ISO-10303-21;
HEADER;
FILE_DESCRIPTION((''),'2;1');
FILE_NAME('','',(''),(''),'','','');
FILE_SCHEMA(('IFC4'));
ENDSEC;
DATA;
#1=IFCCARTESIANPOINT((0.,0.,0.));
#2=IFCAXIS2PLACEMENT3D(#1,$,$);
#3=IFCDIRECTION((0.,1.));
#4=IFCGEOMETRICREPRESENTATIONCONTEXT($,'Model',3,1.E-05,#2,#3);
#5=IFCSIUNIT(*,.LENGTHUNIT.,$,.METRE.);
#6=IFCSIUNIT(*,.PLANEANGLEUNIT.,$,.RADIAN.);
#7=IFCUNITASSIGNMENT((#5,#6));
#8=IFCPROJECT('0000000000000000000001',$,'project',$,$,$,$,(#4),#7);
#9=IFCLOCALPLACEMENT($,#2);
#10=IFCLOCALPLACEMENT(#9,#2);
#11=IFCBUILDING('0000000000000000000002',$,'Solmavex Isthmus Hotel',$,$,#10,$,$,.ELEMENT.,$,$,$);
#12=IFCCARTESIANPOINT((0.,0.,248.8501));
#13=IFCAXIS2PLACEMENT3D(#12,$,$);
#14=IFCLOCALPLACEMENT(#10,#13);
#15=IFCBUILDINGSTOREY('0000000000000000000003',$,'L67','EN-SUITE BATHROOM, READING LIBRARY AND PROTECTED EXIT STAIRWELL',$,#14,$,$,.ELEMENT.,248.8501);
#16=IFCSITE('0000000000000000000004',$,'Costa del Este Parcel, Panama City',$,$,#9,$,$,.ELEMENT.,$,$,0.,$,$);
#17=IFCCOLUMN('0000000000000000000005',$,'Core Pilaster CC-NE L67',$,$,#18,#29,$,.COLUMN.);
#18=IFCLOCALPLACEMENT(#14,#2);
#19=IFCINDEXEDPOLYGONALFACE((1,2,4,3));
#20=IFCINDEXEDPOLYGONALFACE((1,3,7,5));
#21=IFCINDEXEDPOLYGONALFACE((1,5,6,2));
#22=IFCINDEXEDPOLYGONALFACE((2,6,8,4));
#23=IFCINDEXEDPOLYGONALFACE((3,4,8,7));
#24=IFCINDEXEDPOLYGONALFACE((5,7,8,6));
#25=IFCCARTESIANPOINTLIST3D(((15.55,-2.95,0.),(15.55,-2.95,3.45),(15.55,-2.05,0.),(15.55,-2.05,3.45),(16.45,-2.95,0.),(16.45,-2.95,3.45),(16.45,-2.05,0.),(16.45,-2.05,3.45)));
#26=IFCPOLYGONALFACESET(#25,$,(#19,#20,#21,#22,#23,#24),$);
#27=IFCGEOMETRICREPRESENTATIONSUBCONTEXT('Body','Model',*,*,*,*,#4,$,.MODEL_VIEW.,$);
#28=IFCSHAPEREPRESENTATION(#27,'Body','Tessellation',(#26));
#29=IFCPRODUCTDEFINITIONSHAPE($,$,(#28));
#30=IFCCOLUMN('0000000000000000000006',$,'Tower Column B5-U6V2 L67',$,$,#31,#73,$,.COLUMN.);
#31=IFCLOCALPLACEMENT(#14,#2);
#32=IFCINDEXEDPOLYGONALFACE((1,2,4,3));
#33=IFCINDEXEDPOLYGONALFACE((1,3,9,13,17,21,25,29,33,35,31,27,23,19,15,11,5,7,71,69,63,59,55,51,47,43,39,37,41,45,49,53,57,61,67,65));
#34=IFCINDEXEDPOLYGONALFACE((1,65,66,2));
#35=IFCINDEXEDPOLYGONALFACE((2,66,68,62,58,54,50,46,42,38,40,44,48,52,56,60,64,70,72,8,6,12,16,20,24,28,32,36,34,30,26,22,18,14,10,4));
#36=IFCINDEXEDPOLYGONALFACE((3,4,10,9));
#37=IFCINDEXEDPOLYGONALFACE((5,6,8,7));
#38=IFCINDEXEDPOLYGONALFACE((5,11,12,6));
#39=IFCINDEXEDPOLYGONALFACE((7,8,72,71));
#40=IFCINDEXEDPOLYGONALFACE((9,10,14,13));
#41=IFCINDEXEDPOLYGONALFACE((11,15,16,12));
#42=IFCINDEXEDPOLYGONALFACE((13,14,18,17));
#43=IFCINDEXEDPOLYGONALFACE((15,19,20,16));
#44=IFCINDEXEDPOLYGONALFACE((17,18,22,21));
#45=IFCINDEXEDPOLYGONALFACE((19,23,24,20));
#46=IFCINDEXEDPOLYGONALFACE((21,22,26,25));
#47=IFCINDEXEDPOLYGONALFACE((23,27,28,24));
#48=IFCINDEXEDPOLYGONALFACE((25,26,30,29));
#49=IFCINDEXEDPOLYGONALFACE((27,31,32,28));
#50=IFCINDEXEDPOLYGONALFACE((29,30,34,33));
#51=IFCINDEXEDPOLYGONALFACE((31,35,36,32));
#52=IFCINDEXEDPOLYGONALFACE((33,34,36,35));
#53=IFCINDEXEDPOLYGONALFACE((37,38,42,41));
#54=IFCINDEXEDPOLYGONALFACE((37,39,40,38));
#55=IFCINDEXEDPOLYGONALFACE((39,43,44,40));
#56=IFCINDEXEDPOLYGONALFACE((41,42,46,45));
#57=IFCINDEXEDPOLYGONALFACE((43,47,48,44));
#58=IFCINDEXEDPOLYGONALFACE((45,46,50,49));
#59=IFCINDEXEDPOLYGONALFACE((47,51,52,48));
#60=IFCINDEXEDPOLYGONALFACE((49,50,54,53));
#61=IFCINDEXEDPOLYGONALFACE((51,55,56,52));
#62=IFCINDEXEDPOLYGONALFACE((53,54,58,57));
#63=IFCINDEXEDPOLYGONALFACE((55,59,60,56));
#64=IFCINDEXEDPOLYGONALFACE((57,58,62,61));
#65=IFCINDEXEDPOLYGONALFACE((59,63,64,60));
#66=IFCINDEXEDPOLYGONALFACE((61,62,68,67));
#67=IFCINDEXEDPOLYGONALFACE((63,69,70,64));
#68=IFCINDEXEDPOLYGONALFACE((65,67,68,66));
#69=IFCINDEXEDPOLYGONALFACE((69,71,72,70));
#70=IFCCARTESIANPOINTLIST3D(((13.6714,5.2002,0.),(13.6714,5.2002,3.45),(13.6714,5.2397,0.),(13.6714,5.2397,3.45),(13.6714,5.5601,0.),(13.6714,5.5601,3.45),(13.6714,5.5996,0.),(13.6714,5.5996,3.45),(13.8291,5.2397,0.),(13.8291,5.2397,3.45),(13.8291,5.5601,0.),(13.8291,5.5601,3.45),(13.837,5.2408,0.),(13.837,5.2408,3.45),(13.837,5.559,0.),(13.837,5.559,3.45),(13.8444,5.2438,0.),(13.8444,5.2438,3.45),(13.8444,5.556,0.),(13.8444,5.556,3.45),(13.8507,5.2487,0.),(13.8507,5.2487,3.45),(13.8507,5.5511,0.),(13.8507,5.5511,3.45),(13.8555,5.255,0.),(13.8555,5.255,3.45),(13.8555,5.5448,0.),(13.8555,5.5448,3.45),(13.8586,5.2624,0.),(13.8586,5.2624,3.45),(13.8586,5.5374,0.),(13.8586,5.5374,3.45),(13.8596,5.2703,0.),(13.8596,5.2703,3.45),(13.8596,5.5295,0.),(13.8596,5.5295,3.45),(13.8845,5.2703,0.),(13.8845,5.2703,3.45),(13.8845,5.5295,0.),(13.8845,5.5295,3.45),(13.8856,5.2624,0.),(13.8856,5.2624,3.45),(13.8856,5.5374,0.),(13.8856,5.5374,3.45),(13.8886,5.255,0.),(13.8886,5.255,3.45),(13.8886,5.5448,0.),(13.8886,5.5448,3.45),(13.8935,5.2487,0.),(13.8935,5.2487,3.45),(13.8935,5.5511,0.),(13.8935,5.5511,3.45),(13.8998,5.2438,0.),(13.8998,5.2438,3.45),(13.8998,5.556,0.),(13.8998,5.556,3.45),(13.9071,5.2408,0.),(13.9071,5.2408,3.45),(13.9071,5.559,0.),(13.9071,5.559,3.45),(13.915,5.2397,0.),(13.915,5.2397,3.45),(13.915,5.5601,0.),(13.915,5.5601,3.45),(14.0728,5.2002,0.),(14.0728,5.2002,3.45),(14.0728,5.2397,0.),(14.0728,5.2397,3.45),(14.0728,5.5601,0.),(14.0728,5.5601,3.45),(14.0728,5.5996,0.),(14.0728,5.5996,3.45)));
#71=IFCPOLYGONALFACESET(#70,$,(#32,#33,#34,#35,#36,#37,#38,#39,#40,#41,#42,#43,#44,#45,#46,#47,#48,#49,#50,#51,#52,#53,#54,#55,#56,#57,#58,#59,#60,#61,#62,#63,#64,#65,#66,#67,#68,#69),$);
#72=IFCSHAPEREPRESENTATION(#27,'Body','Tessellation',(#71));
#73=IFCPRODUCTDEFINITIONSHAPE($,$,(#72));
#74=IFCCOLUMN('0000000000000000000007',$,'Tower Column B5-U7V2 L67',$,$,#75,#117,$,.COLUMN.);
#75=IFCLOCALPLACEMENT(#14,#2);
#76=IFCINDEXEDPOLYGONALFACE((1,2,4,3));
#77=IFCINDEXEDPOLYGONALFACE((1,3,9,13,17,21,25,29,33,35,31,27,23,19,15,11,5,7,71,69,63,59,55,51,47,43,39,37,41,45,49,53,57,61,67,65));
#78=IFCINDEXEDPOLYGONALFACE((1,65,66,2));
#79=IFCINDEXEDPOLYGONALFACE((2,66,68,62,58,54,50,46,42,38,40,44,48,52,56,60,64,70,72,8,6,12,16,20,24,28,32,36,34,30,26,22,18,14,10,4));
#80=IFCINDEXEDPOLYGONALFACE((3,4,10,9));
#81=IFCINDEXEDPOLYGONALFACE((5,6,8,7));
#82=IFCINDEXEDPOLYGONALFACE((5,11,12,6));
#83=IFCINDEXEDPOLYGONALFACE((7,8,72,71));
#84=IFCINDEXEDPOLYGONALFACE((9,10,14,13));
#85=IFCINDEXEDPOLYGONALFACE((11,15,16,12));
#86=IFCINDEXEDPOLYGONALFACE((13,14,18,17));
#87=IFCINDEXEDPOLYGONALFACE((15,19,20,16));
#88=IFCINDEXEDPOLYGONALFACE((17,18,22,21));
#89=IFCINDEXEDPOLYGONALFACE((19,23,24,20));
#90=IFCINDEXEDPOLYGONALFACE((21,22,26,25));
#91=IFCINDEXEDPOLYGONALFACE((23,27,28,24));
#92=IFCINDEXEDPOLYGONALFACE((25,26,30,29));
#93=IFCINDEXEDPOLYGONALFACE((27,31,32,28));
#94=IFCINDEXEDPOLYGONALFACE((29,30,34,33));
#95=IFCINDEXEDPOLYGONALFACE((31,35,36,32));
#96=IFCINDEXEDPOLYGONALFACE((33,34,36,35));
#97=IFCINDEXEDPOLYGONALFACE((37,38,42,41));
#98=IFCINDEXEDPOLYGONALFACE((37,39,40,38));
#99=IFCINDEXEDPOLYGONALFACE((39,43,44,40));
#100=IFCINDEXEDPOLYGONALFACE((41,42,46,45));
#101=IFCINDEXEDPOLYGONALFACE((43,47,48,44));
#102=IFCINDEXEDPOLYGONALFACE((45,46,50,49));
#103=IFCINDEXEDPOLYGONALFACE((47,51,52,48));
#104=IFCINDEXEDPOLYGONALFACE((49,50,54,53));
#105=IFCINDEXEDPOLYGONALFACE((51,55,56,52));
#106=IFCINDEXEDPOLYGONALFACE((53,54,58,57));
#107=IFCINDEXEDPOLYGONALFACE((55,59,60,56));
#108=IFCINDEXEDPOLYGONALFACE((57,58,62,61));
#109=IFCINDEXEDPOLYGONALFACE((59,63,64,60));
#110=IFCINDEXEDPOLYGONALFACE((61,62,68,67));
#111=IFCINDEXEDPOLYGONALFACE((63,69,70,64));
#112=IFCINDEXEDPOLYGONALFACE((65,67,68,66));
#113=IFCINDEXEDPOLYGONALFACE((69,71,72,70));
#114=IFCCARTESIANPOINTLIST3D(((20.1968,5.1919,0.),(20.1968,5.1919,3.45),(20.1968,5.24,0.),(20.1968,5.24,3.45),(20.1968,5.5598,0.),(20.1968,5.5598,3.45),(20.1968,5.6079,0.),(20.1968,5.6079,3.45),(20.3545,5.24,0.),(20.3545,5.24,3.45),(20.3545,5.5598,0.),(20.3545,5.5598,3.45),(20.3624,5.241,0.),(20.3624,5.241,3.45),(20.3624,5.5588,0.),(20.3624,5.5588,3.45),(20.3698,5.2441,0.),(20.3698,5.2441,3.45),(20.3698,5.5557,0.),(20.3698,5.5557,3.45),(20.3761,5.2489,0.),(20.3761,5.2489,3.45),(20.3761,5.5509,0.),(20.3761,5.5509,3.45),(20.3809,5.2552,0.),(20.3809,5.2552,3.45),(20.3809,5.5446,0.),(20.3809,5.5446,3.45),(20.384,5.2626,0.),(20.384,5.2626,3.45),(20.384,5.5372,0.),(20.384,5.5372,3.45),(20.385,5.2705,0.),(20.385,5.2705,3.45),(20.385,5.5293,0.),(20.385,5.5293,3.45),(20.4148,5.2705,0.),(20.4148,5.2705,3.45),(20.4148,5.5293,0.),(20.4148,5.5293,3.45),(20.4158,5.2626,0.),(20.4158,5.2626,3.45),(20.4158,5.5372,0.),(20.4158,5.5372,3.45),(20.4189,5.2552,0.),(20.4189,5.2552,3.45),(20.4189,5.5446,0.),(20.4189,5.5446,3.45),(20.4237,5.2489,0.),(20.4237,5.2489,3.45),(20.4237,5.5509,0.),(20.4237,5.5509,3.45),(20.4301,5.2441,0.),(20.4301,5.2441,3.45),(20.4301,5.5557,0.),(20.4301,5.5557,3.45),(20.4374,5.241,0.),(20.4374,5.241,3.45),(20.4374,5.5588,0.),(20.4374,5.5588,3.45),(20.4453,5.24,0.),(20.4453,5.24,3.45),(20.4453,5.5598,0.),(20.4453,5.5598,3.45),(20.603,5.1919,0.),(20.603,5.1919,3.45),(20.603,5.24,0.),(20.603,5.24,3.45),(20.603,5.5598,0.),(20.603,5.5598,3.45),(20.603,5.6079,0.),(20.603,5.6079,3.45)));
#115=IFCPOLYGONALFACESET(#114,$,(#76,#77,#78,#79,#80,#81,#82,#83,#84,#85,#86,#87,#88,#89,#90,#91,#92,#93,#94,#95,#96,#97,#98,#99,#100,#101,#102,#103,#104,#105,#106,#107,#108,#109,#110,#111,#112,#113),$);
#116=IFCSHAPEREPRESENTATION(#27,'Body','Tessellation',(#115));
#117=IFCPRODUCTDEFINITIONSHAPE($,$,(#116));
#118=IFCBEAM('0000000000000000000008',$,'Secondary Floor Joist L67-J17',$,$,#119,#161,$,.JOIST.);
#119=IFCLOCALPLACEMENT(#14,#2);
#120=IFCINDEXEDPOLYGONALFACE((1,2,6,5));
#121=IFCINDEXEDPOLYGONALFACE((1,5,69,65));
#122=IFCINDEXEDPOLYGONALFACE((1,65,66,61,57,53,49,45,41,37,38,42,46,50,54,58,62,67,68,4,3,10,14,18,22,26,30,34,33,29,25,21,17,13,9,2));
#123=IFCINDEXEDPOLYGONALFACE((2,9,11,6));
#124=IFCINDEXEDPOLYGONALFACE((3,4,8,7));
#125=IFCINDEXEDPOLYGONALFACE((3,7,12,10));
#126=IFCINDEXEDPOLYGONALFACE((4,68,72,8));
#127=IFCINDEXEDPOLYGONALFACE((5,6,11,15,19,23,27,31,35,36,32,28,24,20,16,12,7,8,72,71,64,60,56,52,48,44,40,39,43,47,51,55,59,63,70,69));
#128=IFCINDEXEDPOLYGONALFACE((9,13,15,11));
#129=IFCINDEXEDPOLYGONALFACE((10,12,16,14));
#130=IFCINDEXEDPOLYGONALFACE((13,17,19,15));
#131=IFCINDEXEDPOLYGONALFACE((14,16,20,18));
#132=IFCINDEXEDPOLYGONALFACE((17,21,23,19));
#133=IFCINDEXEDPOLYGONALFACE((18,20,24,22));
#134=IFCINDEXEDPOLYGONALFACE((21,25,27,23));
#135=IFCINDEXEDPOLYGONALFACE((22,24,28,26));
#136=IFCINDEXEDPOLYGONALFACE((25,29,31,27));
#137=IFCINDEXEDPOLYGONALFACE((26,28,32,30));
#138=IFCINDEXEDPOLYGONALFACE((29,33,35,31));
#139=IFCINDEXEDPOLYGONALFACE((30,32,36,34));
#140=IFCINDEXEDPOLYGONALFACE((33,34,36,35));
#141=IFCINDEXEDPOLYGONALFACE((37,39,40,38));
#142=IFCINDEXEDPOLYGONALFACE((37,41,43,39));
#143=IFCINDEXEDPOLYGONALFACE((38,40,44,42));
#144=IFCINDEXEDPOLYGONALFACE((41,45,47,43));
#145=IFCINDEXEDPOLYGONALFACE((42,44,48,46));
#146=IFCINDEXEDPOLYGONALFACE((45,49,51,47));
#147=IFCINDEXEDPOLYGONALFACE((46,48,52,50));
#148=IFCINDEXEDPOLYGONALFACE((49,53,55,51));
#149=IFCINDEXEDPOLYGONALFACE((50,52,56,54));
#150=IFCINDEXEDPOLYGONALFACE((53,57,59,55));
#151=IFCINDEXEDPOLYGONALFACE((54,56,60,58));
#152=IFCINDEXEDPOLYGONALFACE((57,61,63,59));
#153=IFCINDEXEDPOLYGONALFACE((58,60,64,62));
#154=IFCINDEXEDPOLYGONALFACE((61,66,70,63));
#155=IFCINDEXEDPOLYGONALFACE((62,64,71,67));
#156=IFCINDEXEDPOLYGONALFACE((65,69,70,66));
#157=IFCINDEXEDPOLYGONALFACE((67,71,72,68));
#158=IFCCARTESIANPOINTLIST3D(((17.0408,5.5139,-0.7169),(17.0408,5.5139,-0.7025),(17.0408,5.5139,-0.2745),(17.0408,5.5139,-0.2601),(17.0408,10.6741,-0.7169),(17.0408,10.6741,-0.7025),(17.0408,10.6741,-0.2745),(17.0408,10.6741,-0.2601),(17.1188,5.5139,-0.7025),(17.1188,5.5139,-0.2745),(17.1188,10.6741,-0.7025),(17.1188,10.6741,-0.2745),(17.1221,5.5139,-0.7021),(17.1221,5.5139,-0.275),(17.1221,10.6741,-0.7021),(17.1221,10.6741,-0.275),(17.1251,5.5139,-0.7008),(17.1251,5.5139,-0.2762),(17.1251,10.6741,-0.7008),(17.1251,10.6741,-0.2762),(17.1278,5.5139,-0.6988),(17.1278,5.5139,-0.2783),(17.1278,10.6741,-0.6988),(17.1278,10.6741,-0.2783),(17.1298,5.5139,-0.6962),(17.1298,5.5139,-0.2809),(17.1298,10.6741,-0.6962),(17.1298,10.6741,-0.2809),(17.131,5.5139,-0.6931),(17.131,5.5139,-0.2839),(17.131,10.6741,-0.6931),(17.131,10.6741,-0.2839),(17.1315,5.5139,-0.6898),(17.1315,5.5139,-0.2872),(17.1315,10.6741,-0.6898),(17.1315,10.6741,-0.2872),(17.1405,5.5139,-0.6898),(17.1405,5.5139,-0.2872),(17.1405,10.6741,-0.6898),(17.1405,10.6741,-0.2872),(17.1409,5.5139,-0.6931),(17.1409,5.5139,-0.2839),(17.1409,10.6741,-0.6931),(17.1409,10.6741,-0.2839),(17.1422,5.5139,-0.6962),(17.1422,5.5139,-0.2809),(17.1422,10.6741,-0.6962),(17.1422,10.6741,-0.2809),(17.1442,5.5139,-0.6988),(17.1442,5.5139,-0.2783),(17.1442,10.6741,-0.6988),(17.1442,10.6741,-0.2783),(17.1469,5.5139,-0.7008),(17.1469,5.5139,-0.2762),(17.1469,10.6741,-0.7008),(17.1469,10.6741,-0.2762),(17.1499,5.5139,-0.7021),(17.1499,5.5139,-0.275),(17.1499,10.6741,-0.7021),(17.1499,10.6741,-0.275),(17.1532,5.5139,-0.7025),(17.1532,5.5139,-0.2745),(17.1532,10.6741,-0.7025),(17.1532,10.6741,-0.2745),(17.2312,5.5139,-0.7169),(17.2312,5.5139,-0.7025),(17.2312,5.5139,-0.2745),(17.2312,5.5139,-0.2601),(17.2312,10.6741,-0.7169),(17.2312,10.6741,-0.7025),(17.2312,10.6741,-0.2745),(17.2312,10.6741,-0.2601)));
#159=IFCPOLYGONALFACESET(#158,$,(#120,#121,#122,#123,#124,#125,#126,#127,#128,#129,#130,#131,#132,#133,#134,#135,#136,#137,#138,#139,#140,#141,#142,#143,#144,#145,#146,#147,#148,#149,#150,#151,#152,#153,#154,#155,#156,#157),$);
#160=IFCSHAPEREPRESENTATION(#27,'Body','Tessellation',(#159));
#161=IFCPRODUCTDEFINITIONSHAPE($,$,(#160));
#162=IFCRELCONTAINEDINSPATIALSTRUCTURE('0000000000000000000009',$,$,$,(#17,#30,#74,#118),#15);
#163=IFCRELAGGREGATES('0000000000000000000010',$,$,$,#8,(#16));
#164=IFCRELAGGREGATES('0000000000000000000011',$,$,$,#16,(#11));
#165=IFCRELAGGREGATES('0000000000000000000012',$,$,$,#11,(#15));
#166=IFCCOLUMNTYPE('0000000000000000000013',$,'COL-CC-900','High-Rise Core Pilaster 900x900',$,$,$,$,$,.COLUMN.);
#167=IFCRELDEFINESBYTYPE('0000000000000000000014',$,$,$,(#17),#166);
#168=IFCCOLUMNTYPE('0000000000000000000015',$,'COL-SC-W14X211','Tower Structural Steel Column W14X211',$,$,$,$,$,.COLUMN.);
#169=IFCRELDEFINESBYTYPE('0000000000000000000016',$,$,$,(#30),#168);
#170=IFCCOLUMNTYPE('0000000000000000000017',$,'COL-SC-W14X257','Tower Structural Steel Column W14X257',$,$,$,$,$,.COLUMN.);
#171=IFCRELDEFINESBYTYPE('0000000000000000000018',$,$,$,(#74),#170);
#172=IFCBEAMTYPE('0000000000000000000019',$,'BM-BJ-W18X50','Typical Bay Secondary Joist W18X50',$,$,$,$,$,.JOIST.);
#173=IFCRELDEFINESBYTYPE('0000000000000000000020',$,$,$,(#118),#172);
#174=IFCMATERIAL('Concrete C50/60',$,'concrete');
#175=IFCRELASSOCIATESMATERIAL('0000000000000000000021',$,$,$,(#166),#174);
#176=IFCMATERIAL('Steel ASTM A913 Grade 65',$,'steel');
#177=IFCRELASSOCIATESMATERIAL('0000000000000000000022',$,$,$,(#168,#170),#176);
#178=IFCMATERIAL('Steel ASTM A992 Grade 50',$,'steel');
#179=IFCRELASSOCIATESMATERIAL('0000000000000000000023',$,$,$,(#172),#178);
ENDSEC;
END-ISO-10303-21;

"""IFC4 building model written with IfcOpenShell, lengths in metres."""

from ifc_helpers import new_model, si_unit, direction, frame, origin, origin_2d, place, context, subcontext, project, spatial, rectangle, i_section, extrude, material, material_profile, profile_set, type_object, element, save


model = new_model("IFC4")

# Units and contexts
model_context = context("Model", 3, precision=1e-05, world=origin(), true_north=direction((0.0, 1.0)))
body_context = subcontext(model_context, "Body", "Model", "MODEL_VIEW")
ifc_project = project(units=[si_unit("LENGTHUNIT", "METRE"), si_unit("PLANEANGLEUNIT", "RADIAN")], contexts=[model_context])

# Site, building, storey
site_placement = place(None, origin())
site = spatial("IfcSite", under=ifc_project, at=site_placement, Name="Costa del Este Parcel, Panama City", CompositionType="ELEMENT", RefElevation=0.0)
building_placement = place(site_placement, origin())
building = spatial("IfcBuilding", under=site, at=building_placement, Name="Solmavex Isthmus Hotel", CompositionType="ELEMENT")
storey_placement = place(building_placement, frame((0.0, 0.0, 248.8501)))
storey = spatial("IfcBuildingStorey", under=building, at=storey_placement, Name="L67", Description="EN-SUITE BATHROOM, READING LIBRARY AND PROTECTED EXIT STAIRWELL", CompositionType="ELEMENT", Elevation=248.8501)

# Columns
ifc_material_1 = material(Name="Concrete C50/60", Category="concrete")
ifc_material_profile_1 = material_profile(ifc_material_1, rectangle(XDim=0.8999, YDim=0.8999, at=origin_2d()), Name="RC900X900")
ifc_profile_set_1 = profile_set([ifc_material_profile_1], Name="Concrete C50/60")
column_type_1 = type_object("IfcColumnType", Name="COL-CC-900", Description="High-Rise Core Pilaster 900x900", PredefinedType="COLUMN", material=ifc_profile_set_1)
column_1_placement = place(storey_placement, frame((16.0, -2.5, 0.0), z_axis=(0.0, 0.0, 1.0), x_axis=(1.0, 0.0, 0.0)))
element("IfcColumn", 1, at=column_1_placement, inside=storey, type_object=column_type_1, Name="Core Pilaster CC-NE L67", PredefinedType="COLUMN", context=body_context, shape_type="SweptSolid", body=[
    extrude(rectangle(XDim=0.8999, YDim=0.8999, at=origin_2d()), origin(), (0.0, 0.0, 1.0), 3.45),
])
ifc_material_2 = material(Name="Steel ASTM A913 Grade 65", Category="steel")
ifc_material_profile_2 = material_profile(ifc_material_2, i_section(OverallWidth=0.4014, OverallDepth=0.3994, WebThickness=0.0249, FlangeThickness=0.0396, FilletRadius=0.0305, at=origin_2d()), Name="W14X211")
ifc_profile_set_2 = profile_set([ifc_material_profile_2], Name="Steel ASTM A913 Grade 65")
column_type_2 = type_object("IfcColumnType", Name="COL-SC-W14X211", Description="Tower Structural Steel Column W14X211", PredefinedType="COLUMN", material=ifc_profile_set_2)
column_2_placement = place(storey_placement, frame((13.8721, 5.3999, 0.0), z_axis=(0.0, 0.0, 1.0), x_axis=(1.0, 0.0, 0.0)))
element("IfcColumn", 2, at=column_2_placement, inside=storey, type_object=column_type_2, Name="Tower Column B5-U6V2 L67", PredefinedType="COLUMN", context=body_context, shape_type="SweptSolid", body=[
    extrude(i_section(OverallWidth=0.4014, OverallDepth=0.3994, WebThickness=0.0249, FlangeThickness=0.0396, FilletRadius=0.0305, at=origin_2d()), origin(), (0.0, 0.0, 1.0), 3.45),
])
ifc_material_profile_3 = material_profile(ifc_material_2, i_section(OverallWidth=0.4062, OverallDepth=0.416, WebThickness=0.0298, FlangeThickness=0.0481, FilletRadius=0.0305, at=origin_2d()), Name="W14X257")
ifc_profile_set_3 = profile_set([ifc_material_profile_3], Name="Steel ASTM A913 Grade 65")
column_type_3 = type_object("IfcColumnType", Name="COL-SC-W14X257", Description="Tower Structural Steel Column W14X257", PredefinedType="COLUMN", material=ifc_profile_set_3)
column_3_placement = place(storey_placement, frame((20.3999, 5.3999, 0.0), z_axis=(0.0, 0.0, 1.0), x_axis=(1.0, 0.0, 0.0)))
element("IfcColumn", 3, at=column_3_placement, inside=storey, type_object=column_type_3, Name="Tower Column B5-U7V2 L67", PredefinedType="COLUMN", context=body_context, shape_type="SweptSolid", body=[
    extrude(i_section(OverallWidth=0.4062, OverallDepth=0.416, WebThickness=0.0298, FlangeThickness=0.0481, FilletRadius=0.0305, at=origin_2d()), origin(), (0.0, 0.0, 1.0), 3.45),
])

# Beam
ifc_material_3 = material(Name="Steel ASTM A992 Grade 50", Category="steel")
ifc_material_profile_4 = material_profile(ifc_material_3, i_section(OverallWidth=0.1904, OverallDepth=0.4568, WebThickness=0.009, FlangeThickness=0.0144, FilletRadius=0.0127, at=origin_2d()), Name="W18X50")
ifc_profile_set_4 = profile_set([ifc_material_profile_4], Name="Steel ASTM A992 Grade 50")
beam_type_1 = type_object("IfcBeamType", Name="BM-BJ-W18X50", Description="Typical Bay Secondary Joist W18X50", PredefinedType="JOIST", material=ifc_profile_set_4)
beam_1_placement = place(storey_placement, frame((17.136, 5.5139, -0.4885), z_axis=(0.0, 1.0, 0.0), x_axis=(-1.0, 0.0, 0.0)))
element("IfcBeam", 4, at=beam_1_placement, inside=storey, type_object=beam_type_1, Name="Secondary Floor Joist L67-J17", PredefinedType="JOIST", context=body_context, shape_type="SweptSolid", body=[
    extrude(i_section(OverallWidth=0.1904, OverallDepth=0.4568, WebThickness=0.009, FlangeThickness=0.0144, FilletRadius=0.0127, at=origin_2d()), origin(), (0.0, 0.0, 1.0), 5.1602),
])

save(model, "model.ifc")
